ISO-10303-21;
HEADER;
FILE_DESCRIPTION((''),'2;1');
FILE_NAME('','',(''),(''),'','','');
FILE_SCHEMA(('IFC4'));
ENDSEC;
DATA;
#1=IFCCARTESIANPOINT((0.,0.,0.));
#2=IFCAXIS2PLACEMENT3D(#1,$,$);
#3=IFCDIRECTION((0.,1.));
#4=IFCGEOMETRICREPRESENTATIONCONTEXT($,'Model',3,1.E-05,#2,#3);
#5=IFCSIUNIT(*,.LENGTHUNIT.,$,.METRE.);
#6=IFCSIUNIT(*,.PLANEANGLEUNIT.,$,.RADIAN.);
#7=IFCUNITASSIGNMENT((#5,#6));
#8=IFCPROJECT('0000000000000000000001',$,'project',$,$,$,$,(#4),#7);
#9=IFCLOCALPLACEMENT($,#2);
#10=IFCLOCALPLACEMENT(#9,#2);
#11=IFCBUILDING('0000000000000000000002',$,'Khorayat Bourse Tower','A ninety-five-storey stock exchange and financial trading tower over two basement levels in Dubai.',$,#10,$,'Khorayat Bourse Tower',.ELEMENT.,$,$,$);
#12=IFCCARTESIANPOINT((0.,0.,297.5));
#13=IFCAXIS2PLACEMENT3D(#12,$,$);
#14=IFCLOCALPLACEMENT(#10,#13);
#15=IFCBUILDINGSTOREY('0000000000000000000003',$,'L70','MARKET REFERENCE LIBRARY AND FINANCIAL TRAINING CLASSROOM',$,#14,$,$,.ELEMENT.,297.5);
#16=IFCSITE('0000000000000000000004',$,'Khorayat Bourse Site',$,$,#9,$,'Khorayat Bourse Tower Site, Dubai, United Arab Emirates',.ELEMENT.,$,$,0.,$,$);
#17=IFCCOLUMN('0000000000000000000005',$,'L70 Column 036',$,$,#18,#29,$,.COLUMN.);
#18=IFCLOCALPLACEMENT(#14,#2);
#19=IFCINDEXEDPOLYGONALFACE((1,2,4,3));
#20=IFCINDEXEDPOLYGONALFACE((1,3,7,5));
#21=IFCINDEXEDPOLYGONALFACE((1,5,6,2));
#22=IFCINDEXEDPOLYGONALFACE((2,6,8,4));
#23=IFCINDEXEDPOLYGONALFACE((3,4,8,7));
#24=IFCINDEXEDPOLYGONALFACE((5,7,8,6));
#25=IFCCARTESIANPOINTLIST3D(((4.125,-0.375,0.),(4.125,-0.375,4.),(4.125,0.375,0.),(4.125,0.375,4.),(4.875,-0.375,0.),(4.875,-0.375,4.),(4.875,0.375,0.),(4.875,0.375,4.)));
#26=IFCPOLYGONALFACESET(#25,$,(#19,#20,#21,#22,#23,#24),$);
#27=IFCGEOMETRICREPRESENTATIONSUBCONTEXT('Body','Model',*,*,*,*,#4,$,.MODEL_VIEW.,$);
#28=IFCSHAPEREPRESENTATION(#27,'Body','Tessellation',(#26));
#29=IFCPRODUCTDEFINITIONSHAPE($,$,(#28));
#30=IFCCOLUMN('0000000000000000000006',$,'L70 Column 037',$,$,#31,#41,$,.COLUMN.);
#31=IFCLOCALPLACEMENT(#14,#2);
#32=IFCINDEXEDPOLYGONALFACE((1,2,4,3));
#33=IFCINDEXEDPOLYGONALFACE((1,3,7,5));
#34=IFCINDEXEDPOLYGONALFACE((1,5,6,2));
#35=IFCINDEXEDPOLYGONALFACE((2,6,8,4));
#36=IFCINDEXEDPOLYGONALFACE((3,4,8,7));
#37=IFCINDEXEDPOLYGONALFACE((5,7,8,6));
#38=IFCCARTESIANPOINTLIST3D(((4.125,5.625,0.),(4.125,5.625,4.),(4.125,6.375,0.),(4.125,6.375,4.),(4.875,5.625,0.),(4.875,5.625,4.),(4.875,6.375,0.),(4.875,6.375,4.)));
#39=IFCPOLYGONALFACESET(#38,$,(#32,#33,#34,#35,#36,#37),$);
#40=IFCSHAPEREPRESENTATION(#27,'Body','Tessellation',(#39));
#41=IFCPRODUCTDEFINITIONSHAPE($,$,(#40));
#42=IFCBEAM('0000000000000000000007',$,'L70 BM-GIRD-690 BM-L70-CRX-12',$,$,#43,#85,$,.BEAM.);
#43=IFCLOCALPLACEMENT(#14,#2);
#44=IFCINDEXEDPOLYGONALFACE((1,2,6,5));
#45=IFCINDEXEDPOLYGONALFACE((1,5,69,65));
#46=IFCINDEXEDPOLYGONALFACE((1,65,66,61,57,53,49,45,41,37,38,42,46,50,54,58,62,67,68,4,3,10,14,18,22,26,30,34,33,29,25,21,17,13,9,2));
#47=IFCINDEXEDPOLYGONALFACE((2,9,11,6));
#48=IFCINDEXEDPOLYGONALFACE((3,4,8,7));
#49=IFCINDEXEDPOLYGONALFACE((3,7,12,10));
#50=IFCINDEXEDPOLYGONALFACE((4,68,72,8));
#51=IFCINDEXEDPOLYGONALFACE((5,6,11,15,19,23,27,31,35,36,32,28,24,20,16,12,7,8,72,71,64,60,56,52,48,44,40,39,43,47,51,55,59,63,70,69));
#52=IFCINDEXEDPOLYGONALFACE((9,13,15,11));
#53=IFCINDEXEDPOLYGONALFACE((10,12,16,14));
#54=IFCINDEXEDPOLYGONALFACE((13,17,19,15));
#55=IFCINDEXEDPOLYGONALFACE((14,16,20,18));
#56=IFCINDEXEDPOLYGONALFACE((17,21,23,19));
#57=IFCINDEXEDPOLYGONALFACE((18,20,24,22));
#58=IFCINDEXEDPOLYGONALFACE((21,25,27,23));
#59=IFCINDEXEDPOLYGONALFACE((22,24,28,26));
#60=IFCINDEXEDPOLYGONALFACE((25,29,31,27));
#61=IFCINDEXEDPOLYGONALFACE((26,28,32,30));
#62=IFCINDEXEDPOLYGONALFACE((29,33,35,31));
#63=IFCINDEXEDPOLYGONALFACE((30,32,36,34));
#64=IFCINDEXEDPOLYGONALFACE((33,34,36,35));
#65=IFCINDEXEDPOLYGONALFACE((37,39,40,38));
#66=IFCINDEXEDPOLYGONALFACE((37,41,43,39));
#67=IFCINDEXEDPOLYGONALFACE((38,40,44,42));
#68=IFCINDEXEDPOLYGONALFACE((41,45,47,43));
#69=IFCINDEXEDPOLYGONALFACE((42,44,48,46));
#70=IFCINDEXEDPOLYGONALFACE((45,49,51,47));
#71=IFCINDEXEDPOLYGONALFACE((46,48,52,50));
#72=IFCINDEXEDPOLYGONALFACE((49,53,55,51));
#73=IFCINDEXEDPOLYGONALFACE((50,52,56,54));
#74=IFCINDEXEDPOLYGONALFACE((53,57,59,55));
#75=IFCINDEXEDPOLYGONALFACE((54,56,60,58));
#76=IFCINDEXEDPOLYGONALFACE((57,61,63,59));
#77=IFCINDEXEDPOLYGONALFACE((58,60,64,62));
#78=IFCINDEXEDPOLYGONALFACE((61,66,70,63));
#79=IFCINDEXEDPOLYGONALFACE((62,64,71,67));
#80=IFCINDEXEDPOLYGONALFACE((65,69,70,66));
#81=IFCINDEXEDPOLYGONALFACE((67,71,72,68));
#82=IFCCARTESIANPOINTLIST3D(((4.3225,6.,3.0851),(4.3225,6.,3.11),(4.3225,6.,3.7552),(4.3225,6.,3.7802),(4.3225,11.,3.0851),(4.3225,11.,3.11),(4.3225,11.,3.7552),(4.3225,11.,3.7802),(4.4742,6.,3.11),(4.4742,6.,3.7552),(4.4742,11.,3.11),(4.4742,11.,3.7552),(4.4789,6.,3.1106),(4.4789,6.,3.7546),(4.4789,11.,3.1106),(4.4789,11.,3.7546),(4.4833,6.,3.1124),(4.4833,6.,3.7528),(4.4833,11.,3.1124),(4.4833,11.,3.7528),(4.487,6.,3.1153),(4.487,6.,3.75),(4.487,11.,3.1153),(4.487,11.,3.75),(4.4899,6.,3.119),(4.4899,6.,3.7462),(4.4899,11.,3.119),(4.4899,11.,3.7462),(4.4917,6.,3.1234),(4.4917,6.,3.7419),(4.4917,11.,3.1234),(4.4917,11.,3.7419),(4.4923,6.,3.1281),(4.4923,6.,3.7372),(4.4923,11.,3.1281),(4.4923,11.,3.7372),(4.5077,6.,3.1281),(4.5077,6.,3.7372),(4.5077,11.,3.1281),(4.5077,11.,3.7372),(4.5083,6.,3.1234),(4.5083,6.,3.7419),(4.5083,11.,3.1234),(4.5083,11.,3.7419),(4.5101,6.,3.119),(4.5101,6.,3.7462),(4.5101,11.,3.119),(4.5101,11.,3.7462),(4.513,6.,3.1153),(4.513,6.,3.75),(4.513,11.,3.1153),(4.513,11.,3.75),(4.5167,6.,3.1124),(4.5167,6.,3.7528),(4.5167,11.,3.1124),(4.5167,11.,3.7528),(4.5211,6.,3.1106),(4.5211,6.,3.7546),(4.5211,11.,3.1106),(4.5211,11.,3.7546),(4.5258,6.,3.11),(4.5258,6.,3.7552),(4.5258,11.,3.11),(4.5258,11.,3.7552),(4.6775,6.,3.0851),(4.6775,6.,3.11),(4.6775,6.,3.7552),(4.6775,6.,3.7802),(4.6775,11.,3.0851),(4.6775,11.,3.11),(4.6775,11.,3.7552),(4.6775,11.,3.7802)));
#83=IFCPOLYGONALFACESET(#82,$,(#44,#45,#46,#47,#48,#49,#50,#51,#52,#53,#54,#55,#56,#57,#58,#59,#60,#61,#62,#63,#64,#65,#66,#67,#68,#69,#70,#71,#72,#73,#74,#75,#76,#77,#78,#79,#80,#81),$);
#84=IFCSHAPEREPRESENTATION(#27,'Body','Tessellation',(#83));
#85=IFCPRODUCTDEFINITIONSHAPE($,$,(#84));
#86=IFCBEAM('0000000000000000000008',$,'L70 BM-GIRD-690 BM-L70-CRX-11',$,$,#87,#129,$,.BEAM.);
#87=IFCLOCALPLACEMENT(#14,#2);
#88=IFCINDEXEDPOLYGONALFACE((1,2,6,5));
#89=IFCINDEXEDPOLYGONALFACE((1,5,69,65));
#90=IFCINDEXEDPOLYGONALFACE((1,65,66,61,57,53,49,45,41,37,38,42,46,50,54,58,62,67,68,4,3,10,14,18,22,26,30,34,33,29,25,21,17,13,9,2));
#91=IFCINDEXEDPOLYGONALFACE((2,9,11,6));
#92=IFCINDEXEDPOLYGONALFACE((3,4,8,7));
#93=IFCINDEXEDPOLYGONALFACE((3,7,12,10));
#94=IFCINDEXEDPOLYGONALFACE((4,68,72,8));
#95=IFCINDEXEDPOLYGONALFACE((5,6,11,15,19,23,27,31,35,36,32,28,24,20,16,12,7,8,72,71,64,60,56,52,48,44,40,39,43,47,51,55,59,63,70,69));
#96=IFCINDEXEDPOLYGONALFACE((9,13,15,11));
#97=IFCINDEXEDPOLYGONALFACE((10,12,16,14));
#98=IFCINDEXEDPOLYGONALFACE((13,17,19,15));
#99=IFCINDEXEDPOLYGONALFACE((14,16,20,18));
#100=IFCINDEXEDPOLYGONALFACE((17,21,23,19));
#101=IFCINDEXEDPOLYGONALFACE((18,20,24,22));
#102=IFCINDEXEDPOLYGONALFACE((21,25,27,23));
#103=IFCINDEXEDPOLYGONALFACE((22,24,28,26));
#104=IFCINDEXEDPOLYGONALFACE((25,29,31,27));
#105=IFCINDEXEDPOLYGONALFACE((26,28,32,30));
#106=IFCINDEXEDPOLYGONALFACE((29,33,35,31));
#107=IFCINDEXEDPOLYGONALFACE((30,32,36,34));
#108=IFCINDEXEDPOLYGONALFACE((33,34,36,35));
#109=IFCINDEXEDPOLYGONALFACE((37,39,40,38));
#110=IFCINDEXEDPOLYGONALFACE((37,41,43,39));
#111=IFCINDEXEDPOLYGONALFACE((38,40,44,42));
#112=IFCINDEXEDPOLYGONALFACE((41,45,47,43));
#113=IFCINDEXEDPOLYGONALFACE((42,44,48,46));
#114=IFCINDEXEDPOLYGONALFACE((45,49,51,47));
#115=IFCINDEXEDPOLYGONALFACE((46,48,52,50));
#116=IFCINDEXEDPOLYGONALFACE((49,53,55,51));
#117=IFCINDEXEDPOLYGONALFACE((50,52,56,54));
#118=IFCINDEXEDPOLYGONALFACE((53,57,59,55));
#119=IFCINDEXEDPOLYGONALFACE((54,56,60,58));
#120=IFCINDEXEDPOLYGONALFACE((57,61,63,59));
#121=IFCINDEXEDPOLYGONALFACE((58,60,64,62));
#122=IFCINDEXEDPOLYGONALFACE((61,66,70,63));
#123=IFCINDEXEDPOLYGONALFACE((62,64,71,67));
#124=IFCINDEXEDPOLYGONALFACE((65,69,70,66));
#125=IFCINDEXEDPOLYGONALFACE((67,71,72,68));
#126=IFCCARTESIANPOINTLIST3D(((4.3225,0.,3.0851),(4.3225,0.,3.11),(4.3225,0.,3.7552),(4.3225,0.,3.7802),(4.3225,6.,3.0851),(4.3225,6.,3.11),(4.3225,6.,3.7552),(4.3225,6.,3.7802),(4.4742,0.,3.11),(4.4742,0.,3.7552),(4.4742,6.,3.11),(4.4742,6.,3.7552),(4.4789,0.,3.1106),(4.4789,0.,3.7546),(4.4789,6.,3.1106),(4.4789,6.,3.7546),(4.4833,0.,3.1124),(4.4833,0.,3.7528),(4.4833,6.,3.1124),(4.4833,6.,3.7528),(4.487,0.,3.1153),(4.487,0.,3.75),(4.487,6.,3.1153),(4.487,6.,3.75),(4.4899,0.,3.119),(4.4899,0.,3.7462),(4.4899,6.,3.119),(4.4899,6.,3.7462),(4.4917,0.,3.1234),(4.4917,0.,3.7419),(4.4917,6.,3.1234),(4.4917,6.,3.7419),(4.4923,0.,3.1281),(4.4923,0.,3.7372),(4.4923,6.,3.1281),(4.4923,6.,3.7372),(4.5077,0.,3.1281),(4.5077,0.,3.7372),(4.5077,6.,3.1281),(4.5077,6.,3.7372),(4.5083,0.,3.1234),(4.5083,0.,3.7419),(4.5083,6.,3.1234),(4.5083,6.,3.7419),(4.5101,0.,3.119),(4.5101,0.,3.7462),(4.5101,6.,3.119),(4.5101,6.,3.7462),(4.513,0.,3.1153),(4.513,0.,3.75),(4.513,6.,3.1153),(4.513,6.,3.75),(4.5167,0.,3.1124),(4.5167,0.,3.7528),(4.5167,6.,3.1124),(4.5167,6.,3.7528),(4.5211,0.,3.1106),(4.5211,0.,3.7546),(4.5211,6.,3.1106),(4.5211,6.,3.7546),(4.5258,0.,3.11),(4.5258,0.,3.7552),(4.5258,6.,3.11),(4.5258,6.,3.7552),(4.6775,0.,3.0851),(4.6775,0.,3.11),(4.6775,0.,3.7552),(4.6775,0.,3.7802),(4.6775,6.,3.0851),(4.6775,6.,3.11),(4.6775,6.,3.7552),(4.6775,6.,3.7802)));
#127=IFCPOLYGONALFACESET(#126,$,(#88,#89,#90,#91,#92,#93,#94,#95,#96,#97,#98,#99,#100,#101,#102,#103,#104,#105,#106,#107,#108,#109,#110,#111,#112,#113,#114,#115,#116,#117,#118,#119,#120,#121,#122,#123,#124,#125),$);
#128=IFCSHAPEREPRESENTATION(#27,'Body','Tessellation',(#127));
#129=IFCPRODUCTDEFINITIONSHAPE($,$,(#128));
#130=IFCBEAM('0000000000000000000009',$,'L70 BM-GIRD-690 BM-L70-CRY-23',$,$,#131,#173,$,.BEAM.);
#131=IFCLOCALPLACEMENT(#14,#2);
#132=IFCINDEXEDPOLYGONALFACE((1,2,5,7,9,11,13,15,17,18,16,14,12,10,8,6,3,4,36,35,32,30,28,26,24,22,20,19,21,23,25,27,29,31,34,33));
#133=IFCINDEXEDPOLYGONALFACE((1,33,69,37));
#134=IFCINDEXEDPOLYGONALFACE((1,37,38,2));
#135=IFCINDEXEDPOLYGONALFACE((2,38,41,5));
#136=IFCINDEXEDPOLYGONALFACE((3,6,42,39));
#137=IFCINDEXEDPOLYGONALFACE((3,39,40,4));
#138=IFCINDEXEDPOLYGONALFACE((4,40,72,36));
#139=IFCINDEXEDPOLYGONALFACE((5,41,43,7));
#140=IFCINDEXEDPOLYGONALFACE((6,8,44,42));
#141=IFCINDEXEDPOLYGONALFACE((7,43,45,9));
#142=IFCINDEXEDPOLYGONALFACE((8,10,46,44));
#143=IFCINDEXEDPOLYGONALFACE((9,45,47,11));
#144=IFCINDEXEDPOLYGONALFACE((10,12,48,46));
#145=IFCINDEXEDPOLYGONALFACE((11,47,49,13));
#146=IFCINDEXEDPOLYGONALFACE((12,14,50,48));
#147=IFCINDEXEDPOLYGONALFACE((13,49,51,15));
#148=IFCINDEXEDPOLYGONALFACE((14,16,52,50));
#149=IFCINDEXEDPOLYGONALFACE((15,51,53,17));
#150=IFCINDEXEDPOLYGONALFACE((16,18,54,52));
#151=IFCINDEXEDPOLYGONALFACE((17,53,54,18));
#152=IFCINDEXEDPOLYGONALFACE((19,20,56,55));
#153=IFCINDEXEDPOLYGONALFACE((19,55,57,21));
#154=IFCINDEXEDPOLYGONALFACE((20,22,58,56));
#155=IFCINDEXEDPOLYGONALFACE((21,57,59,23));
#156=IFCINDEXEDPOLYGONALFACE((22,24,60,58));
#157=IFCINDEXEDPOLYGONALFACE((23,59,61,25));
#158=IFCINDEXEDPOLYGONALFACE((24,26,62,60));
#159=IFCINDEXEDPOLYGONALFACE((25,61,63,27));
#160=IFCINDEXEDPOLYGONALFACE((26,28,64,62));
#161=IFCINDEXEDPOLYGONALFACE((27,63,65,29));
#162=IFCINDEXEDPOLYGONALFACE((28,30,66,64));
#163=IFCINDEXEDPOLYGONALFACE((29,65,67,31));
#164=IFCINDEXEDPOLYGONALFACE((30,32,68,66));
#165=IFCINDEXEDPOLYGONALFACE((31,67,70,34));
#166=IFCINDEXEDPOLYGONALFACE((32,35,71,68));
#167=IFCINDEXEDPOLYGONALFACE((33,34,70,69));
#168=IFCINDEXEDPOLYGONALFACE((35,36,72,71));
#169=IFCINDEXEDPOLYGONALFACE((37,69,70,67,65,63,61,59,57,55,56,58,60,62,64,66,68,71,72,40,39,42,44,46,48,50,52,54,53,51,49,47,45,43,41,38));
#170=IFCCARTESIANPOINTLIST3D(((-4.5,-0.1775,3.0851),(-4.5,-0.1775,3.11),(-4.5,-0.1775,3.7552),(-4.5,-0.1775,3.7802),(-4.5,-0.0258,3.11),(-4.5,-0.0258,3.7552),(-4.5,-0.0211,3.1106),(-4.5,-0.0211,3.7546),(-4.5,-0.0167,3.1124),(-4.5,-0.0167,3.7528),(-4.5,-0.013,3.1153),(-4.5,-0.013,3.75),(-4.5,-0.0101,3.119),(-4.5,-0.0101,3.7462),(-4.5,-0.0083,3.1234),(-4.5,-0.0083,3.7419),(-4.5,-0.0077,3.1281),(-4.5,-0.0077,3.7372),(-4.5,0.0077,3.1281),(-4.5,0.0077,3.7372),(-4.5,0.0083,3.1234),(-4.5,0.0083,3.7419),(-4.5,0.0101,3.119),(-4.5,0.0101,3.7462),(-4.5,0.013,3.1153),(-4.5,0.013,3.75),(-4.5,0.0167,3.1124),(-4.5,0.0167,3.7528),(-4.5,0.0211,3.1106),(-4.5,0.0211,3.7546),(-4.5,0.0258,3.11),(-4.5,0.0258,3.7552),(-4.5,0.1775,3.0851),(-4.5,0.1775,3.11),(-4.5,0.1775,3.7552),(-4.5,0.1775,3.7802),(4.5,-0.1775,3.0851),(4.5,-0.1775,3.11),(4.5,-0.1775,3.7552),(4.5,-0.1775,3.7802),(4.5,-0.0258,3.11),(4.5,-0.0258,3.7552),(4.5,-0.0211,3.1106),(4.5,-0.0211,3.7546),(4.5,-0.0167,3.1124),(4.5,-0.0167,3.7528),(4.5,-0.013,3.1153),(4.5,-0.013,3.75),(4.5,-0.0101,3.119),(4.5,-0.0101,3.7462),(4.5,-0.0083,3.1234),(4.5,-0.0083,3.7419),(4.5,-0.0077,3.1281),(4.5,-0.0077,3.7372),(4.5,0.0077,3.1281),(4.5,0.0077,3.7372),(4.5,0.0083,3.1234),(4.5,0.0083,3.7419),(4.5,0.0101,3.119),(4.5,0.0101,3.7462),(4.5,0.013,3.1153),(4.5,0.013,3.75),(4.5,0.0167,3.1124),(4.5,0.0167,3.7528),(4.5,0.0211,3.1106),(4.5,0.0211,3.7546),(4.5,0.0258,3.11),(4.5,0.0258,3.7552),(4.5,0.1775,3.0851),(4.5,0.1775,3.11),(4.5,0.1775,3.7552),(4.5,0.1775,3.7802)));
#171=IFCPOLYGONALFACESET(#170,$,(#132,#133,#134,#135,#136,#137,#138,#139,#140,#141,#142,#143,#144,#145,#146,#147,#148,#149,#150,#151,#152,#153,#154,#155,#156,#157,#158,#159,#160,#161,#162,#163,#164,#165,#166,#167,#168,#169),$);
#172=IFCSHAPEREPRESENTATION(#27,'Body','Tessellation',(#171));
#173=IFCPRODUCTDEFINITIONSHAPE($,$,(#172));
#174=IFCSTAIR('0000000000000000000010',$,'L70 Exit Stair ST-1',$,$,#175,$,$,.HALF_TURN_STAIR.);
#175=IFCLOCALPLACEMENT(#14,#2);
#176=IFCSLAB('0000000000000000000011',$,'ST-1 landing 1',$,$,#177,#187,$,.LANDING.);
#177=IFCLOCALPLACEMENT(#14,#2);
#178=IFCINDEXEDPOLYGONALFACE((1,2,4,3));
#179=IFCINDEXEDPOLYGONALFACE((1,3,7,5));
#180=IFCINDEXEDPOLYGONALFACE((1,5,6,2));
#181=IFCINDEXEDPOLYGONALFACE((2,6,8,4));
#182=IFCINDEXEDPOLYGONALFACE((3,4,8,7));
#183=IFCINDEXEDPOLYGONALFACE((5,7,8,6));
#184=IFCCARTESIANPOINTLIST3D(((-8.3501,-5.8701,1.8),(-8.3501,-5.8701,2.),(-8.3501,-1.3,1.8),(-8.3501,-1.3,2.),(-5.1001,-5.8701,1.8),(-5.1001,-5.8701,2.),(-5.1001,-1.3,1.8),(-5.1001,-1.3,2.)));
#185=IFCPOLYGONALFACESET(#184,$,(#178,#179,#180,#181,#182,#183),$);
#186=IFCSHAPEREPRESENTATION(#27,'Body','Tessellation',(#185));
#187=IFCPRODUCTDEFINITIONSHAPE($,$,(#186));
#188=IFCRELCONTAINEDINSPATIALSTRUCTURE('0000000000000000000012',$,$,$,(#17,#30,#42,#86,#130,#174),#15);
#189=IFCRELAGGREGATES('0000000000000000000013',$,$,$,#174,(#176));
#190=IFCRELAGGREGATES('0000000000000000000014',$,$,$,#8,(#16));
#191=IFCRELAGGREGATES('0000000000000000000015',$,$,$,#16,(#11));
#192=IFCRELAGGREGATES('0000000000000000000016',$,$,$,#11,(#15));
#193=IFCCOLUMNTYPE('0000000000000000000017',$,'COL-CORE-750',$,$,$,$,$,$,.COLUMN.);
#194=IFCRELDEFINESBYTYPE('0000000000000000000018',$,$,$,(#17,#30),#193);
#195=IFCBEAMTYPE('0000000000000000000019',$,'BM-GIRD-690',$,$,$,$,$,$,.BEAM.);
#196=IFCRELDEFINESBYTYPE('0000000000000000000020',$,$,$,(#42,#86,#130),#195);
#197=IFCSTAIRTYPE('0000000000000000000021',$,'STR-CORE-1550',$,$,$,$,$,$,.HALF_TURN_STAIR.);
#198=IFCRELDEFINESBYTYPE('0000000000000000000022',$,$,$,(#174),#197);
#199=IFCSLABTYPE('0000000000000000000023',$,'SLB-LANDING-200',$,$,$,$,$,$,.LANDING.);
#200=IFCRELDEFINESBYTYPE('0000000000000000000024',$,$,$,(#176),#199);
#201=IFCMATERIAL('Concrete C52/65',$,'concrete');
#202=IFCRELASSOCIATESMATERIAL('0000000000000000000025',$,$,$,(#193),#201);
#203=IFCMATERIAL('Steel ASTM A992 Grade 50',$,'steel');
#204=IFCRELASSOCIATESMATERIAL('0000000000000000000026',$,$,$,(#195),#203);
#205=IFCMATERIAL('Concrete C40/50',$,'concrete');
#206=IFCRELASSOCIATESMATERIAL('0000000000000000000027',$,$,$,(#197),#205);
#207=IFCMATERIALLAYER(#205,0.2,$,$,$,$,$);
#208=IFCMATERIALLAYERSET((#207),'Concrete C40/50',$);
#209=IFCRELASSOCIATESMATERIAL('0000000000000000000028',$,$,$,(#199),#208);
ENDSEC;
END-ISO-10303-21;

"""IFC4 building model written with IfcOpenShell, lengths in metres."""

from ifc_helpers import new_model, si_unit, direction, frame, origin, origin_2d, place, context, subcontext, project, spatial, polyline, rectangle, i_section, outline, extrude, source, transform, mapped, material, layer, layer_set, material_profile, profile_set, type_object, element, aggregate, save


model = new_model("IFC4")

# Units and contexts
model_context = context("Model", 3, precision=1e-05, world=origin(), true_north=direction((0.0, 1.0)))
body_context = subcontext(model_context, "Body", "Model", "MODEL_VIEW")
ifc_project = project(units=[si_unit("LENGTHUNIT", "METRE"), si_unit("PLANEANGLEUNIT", "RADIAN")], contexts=[model_context])

# Site, building, storey
site_placement = place(None, origin())
site = spatial("IfcSite", under=ifc_project, at=site_placement, Name="Khorayat Bourse Site", LongName="Khorayat Bourse Tower Site, Dubai, United Arab Emirates", CompositionType="ELEMENT", RefElevation=0.0)
building_placement = place(site_placement, origin())
building = spatial("IfcBuilding", under=site, at=building_placement, Name="Khorayat Bourse Tower", Description="A ninety-five-storey stock exchange and financial trading tower over two basement levels in Dubai.", LongName="Khorayat Bourse Tower", CompositionType="ELEMENT")
storey_placement = place(building_placement, frame((0.0, 0.0, 297.5)))
storey = spatial("IfcBuildingStorey", under=building, at=storey_placement, Name="L70", Description="MARKET REFERENCE LIBRARY AND FINANCIAL TRAINING CLASSROOM", CompositionType="ELEMENT", Elevation=297.5)

# Columns
ifc_material_1 = material(Name="Concrete C52/65", Category="concrete")
ifc_material_profile_1 = material_profile(ifc_material_1, rectangle(XDim=0.75, YDim=0.75, at=origin_2d()), Name="RC 750x750")
ifc_profile_set_1 = profile_set([ifc_material_profile_1], Name="Concrete C52/65")
column_type = type_object("IfcColumnType", Name="COL-CORE-750", PredefinedType="COLUMN", material=ifc_profile_set_1)
shared_shape_1 = source(origin(), body_context, "Body", "SweptSolid", [
    extrude(rectangle(XDim=0.75, YDim=0.75, at=origin_2d()), origin(), (0.0, 0.0, 1.0), 4.0),
])
for number, where, z_axis, x_axis, name in (
    (1, (4.5, 0.0, 0.0), (0.0, 0.0, 1.0), (1.0, 0.0, 0.0), "L70 Column 036"),
    (2, (4.5, 6.0, 0.0), (0.0, 0.0, 1.0), (1.0, 0.0, 0.0), "L70 Column 037"),
):
    element("IfcColumn", number, at=place(storey_placement, frame(where, z_axis=z_axis, x_axis=x_axis)), inside=storey, type_object=column_type, Name=name, PredefinedType="COLUMN", context=body_context, shape_type="MappedRepresentation", body=[
        mapped(shared_shape_1, transform((0.0, 0.0, 0.0), scale=1.0)),
    ])

# Beams
ifc_material_2 = material(Name="Steel ASTM A992 Grade 50", Category="steel")
ifc_material_profile_2 = material_profile(ifc_material_2, i_section(OverallWidth=0.355, OverallDepth=0.6951, WebThickness=0.0154, FlangeThickness=0.0249, FilletRadius=0.0181, at=origin_2d()), Name="W690X217")
ifc_profile_set_2 = profile_set([ifc_material_profile_2], Name="Steel ASTM A992 Grade 50")
beam_type = type_object("IfcBeamType", Name="BM-GIRD-690", PredefinedType="BEAM", material=ifc_profile_set_2)
shared_shape_2 = source(origin(), body_context, "Body", "SweptSolid", [
    extrude(i_section(OverallWidth=0.355, OverallDepth=0.6951, WebThickness=0.0154, FlangeThickness=0.0249, FilletRadius=0.0181, at=origin_2d()), origin(), (0.0, 0.0, 1.0), 5.0),
])
beam_1_placement = place(storey_placement, frame((4.5, 6.0, 3.4326), z_axis=(0.0, 1.0, 0.0), x_axis=(-1.0, 0.0, 0.0)))
element("IfcBeam", 3, at=beam_1_placement, inside=storey, type_object=beam_type, Name="L70 BM-GIRD-690 BM-L70-CRX-12", PredefinedType="BEAM", context=body_context, shape_type="MappedRepresentation", body=[
    mapped(shared_shape_2, transform((0.0, 0.0, 0.0), scale=1.0)),
])
shared_shape_3 = source(origin(), body_context, "Body", "SweptSolid", [
    extrude(i_section(OverallWidth=0.355, OverallDepth=0.6951, WebThickness=0.0154, FlangeThickness=0.0249, FilletRadius=0.0181, at=origin_2d()), origin(), (0.0, 0.0, 1.0), 6.0),
])
beam_2_placement = place(storey_placement, frame((4.5, 0.0, 3.4326), z_axis=(0.0, 1.0, 0.0), x_axis=(-1.0, 0.0, 0.0)))
element("IfcBeam", 4, at=beam_2_placement, inside=storey, type_object=beam_type, Name="L70 BM-GIRD-690 BM-L70-CRX-11", PredefinedType="BEAM", context=body_context, shape_type="MappedRepresentation", body=[
    mapped(shared_shape_3, transform((0.0, 0.0, 0.0), scale=1.0)),
])
shared_shape_4 = source(origin(), body_context, "Body", "SweptSolid", [
    extrude(i_section(OverallWidth=0.355, OverallDepth=0.6951, WebThickness=0.0154, FlangeThickness=0.0249, FilletRadius=0.0181, at=origin_2d()), origin(), (0.0, 0.0, 1.0), 9.0),
])
beam_3_placement = place(storey_placement, frame((-4.5, 0.0, 3.4326), z_axis=(1.0, 0.0, 0.0), x_axis=(0.0, 1.0, 0.0)))
element("IfcBeam", 5, at=beam_3_placement, inside=storey, type_object=beam_type, Name="L70 BM-GIRD-690 BM-L70-CRY-23", PredefinedType="BEAM", context=body_context, shape_type="MappedRepresentation", body=[
    mapped(shared_shape_4, transform((0.0, 0.0, 0.0), scale=1.0)),
])

# Stair, slab
ifc_material_3 = material(Name="Concrete C40/50", Category="concrete")
stair_type = type_object("IfcStairType", Name="STR-CORE-1550", PredefinedType="HALF_TURN_STAIR", material=ifc_material_3)
stair_1_placement = place(storey_placement, origin())
stair_1 = element("IfcStair", 6, at=stair_1_placement, inside=storey, type_object=stair_type, Name="L70 Exit Stair ST-1", PredefinedType="HALF_TURN_STAIR")
ifc_layer_1 = layer(ifc_material_3, 0.2)
ifc_layer_set_1 = layer_set([ifc_layer_1], Name="Concrete C40/50")
slab_type_1 = type_object("IfcSlabType", Name="SLB-LANDING-200", PredefinedType="LANDING", material=ifc_layer_set_1)
slab_1_placement = place(storey_placement, frame((0.0, 0.0, 1.8)))
slab_1 = element("IfcSlab", 7, at=slab_1_placement, type_object=slab_type_1, Name="ST-1 landing 1", PredefinedType="LANDING", context=body_context, shape_type="SweptSolid", body=[
    extrude(outline(polyline([(-5.1001, -5.8701), (-5.1001, -1.3), (-8.3501, -1.3), (-8.3501, -5.8701), (-5.1001, -5.8701)])), origin(), (0.0, 0.0, 1.0), 0.2),
])
aggregate(stair_1, [slab_1])

save(model, "model.ifc")
